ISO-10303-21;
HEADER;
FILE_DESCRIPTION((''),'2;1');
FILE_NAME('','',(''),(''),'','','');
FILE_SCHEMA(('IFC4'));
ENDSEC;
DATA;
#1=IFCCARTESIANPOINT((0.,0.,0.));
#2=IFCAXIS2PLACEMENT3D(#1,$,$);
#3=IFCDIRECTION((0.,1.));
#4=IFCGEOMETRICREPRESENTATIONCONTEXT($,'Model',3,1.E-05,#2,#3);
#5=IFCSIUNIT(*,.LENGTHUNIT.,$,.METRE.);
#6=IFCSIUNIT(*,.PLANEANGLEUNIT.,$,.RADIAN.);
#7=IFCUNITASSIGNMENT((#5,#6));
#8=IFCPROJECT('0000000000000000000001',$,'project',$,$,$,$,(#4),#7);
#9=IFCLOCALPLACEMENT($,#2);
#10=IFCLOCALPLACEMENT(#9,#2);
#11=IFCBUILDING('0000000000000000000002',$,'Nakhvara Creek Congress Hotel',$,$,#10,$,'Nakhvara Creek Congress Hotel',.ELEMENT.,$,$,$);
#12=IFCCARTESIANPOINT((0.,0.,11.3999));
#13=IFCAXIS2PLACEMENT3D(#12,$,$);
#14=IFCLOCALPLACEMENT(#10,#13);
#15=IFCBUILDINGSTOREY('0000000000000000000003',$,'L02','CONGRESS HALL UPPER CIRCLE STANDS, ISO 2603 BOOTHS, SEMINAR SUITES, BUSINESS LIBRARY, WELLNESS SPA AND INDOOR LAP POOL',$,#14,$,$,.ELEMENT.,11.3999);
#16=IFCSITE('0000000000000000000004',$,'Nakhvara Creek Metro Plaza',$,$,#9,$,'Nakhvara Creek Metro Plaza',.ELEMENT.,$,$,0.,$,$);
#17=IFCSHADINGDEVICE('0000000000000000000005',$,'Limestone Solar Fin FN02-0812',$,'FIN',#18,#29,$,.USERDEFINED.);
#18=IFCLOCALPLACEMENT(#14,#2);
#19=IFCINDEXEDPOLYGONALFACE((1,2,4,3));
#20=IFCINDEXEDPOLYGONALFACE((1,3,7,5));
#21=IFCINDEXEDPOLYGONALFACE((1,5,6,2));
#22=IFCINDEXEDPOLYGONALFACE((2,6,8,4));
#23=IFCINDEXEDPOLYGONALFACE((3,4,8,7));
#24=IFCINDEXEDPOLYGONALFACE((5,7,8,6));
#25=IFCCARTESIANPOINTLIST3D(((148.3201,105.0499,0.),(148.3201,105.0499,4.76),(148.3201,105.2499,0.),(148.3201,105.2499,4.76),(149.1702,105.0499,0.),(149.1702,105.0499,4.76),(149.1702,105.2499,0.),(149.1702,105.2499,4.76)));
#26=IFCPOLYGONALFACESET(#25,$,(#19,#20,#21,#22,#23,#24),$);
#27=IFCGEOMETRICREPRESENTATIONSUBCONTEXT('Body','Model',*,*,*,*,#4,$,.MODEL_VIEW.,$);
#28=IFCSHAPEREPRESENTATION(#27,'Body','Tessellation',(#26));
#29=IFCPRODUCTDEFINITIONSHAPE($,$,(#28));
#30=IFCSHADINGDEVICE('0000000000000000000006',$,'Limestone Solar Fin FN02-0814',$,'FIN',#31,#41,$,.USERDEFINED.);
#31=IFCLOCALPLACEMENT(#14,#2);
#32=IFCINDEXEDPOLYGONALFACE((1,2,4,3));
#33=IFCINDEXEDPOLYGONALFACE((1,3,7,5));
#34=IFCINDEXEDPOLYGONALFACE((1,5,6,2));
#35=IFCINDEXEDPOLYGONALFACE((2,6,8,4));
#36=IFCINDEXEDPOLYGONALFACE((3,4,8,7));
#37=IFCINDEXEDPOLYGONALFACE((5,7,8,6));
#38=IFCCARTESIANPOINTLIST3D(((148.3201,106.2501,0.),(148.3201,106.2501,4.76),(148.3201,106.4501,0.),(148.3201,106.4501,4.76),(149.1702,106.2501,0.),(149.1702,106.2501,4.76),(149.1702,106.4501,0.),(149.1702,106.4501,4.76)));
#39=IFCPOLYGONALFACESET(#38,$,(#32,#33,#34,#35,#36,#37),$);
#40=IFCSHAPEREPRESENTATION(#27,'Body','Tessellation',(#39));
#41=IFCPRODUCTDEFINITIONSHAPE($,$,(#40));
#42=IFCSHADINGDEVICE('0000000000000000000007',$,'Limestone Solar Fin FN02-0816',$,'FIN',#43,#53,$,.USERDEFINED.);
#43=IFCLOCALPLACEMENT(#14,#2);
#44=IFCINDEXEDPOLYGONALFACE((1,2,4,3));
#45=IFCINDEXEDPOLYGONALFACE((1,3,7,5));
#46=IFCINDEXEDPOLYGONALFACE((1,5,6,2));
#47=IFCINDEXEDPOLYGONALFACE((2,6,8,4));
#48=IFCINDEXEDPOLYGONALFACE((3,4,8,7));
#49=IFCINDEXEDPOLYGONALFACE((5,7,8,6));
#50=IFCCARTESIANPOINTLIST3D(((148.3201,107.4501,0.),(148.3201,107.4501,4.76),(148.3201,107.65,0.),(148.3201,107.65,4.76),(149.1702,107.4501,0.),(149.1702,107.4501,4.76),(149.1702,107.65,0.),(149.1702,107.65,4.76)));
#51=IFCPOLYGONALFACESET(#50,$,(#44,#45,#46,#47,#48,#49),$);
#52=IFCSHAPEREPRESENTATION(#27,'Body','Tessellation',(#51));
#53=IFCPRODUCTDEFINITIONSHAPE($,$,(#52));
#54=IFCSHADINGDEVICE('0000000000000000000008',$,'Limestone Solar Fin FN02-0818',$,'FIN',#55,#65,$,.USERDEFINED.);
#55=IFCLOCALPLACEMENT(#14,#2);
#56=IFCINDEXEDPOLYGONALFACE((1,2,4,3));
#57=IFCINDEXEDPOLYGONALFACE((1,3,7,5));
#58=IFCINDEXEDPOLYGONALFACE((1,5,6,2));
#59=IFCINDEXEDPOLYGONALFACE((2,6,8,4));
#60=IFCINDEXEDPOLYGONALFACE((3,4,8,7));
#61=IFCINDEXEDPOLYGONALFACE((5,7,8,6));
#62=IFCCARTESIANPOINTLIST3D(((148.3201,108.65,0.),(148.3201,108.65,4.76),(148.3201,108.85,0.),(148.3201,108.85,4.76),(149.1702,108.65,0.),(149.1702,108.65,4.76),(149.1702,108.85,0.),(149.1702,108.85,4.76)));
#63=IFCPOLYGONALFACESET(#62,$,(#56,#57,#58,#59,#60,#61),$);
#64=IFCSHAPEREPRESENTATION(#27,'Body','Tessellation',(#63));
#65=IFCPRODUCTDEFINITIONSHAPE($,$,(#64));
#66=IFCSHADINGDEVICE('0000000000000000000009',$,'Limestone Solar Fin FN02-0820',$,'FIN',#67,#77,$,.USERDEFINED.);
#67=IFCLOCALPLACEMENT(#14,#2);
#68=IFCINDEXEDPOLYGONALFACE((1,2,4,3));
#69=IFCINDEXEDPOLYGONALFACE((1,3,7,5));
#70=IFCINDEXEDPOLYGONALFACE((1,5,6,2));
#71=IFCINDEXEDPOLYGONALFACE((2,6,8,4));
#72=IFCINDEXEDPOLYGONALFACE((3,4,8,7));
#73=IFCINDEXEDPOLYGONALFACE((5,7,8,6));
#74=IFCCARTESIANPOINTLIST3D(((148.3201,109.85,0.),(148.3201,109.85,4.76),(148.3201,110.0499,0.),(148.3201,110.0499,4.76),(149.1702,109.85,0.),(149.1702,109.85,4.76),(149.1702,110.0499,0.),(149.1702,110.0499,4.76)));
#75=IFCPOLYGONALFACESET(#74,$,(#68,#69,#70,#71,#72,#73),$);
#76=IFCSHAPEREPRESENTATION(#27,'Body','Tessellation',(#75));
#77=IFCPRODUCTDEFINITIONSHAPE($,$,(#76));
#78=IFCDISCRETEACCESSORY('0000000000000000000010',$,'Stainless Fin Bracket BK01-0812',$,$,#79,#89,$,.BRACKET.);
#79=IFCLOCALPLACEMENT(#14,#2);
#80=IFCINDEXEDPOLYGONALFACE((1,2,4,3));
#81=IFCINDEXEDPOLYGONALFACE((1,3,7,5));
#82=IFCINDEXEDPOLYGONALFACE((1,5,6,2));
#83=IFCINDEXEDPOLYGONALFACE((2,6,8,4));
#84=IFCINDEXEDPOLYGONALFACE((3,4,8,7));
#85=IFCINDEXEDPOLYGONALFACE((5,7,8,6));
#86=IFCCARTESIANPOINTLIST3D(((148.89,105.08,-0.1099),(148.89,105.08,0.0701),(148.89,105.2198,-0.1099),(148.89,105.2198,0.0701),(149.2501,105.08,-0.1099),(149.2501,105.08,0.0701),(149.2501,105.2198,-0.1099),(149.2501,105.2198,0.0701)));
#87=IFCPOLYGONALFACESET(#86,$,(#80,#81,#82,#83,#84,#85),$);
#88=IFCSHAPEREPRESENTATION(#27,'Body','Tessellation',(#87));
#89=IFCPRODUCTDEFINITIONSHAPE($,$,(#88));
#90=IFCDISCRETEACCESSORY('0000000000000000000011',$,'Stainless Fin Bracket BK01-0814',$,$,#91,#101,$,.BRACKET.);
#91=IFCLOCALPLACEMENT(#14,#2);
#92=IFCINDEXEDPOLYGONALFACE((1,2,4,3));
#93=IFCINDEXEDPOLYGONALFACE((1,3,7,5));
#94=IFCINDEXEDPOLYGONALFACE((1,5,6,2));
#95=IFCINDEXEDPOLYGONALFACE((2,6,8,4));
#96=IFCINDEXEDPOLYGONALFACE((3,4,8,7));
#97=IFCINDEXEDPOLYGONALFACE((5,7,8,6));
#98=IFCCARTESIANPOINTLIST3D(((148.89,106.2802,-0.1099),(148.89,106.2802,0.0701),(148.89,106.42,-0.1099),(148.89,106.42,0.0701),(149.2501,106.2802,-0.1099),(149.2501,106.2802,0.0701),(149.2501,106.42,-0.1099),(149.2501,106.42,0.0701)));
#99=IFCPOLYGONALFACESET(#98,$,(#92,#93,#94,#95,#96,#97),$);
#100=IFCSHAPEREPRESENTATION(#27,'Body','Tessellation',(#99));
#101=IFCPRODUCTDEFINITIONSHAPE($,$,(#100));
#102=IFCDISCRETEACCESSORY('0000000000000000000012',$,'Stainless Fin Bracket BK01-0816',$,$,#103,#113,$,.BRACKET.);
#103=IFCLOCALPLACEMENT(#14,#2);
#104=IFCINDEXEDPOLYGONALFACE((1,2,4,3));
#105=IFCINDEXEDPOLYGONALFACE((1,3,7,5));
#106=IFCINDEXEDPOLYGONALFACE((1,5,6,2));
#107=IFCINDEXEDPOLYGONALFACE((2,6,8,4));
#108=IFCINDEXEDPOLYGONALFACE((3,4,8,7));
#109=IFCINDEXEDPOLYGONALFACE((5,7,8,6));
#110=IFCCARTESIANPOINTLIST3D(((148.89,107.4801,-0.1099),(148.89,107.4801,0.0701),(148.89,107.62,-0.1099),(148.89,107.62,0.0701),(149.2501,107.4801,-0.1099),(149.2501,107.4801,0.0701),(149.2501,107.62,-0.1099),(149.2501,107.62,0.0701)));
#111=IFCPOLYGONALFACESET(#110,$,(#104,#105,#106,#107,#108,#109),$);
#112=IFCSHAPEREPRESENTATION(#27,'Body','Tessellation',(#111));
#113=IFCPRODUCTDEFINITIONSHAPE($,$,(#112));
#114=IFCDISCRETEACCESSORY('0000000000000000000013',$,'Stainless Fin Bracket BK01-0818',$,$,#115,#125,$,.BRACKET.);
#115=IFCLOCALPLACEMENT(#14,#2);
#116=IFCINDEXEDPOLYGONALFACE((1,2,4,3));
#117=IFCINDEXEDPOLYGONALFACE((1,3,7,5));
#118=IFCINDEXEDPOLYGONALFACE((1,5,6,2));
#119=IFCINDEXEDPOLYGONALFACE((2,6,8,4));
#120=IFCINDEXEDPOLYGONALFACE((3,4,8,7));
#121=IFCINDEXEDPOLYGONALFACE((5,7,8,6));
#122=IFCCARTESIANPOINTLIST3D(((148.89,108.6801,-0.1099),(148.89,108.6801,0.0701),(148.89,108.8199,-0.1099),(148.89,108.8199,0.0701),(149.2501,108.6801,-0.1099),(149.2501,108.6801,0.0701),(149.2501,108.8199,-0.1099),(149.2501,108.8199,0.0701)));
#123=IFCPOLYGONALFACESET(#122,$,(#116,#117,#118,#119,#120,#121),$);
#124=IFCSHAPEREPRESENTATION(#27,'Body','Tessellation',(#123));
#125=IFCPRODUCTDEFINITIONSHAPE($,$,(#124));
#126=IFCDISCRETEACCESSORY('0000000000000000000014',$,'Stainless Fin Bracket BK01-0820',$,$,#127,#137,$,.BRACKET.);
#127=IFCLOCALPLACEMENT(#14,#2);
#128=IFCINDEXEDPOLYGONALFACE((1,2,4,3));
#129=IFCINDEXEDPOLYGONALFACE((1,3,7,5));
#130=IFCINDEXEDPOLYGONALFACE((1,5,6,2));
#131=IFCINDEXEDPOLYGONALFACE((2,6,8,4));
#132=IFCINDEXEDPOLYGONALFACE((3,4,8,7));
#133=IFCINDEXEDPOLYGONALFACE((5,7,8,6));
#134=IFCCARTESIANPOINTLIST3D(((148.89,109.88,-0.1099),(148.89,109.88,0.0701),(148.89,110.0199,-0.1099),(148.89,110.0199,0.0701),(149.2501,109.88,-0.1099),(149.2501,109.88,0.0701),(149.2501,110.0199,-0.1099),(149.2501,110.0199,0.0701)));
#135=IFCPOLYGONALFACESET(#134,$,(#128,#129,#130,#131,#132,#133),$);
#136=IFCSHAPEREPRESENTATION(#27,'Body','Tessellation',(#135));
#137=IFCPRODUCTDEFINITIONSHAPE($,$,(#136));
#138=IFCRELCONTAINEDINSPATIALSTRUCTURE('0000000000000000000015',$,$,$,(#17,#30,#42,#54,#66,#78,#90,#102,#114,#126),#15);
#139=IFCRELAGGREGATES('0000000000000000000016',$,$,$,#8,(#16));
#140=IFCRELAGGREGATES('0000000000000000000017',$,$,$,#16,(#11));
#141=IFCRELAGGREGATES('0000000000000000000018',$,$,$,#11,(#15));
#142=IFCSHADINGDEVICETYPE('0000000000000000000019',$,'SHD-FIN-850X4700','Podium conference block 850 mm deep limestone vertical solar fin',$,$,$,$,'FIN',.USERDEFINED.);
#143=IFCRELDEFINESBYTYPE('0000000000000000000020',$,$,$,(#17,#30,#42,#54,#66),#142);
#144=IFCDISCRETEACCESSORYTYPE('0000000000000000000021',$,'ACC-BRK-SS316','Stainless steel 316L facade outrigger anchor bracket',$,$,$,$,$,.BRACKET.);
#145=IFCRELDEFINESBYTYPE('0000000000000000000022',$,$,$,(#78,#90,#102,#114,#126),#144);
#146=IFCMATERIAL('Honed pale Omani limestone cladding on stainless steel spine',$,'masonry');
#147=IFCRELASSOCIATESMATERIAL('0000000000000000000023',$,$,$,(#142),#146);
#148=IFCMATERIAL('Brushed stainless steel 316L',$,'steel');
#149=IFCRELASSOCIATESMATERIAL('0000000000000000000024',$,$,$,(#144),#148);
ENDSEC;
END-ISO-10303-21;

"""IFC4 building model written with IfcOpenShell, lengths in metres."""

from ifc_helpers import new_model, si_unit, direction, frame, origin, origin_2d, place, context, subcontext, project, spatial, rectangle, extrude, material, type_object, element, save


model = new_model("IFC4")

# Units and contexts
model_context = context("Model", 3, precision=1e-05, world=origin(), true_north=direction((0.0, 1.0)))
body_context = subcontext(model_context, "Body", "Model", "MODEL_VIEW")
ifc_project = project(units=[si_unit("LENGTHUNIT", "METRE"), si_unit("PLANEANGLEUNIT", "RADIAN")], contexts=[model_context])

# Site, building, storey
site_placement = place(None, origin())
site = spatial("IfcSite", under=ifc_project, at=site_placement, Name="Nakhvara Creek Metro Plaza", LongName="Nakhvara Creek Metro Plaza", CompositionType="ELEMENT", RefElevation=0.0)
building_placement = place(site_placement, origin())
building = spatial("IfcBuilding", under=site, at=building_placement, Name="Nakhvara Creek Congress Hotel", LongName="Nakhvara Creek Congress Hotel", CompositionType="ELEMENT")
storey_placement = place(building_placement, frame((0.0, 0.0, 11.3999)))
storey = spatial("IfcBuildingStorey", under=building, at=storey_placement, Name="L02", Description="CONGRESS HALL UPPER CIRCLE STANDS, ISO 2603 BOOTHS, SEMINAR SUITES, BUSINESS LIBRARY, WELLNESS SPA AND INDOOR LAP POOL", CompositionType="ELEMENT", Elevation=11.3999)

# Shading devices
ifc_material_1 = material(Name="Honed pale Omani limestone cladding on stainless steel spine", Category="masonry")
shading_device_type = type_object("IfcShadingDeviceType", Name="SHD-FIN-850X4700", Description="Podium conference block 850 mm deep limestone vertical solar fin", ElementType="FIN", PredefinedType="USERDEFINED", material=ifc_material_1)
for number, where, z_axis, x_axis, name in (
    (1, (148.7451, 105.1499, 0.0), (0.0, 0.0, 1.0), (0.0, 1.0, 0.0), "Limestone Solar Fin FN02-0812"),
    (2, (148.7451, 106.3501, 0.0), (0.0, 0.0, 1.0), (0.0, 1.0, 0.0), "Limestone Solar Fin FN02-0814"),
    (3, (148.7451, 107.55, 0.0), (0.0, 0.0, 1.0), (0.0, 1.0, 0.0), "Limestone Solar Fin FN02-0816"),
    (4, (148.7451, 108.75, 0.0), (0.0, 0.0, 1.0), (0.0, 1.0, 0.0), "Limestone Solar Fin FN02-0818"),
    (5, (148.7451, 109.95, 0.0), (0.0, 0.0, 1.0), (0.0, 1.0, 0.0), "Limestone Solar Fin FN02-0820"),
):
    element("IfcShadingDevice", number, at=place(storey_placement, frame(where, z_axis=z_axis, x_axis=x_axis)), inside=storey, type_object=shading_device_type, Name=name, ObjectType="FIN", PredefinedType="USERDEFINED", context=body_context, shape_type="SweptSolid", body=[
        extrude(rectangle(XDim=0.2, YDim=0.8501, at=origin_2d()), origin(), (0.0, 0.0, 1.0), 4.76),
    ])

# Discrete accessories
ifc_material_2 = material(Name="Brushed stainless steel 316L", Category="steel")
discrete_accessory_type = type_object("IfcDiscreteAccessoryType", Name="ACC-BRK-SS316", Description="Stainless steel 316L facade outrigger anchor bracket", PredefinedType="BRACKET", material=ifc_material_2)
for number, where, z_axis, x_axis, name in (
    (6, (149.0701, 105.1499, -0.1099), (0.0, 0.0, 1.0), (0.0, 1.0, 0.0), "Stainless Fin Bracket BK01-0812"),
    (7, (149.0701, 106.3501, -0.1099), (0.0, 0.0, 1.0), (0.0, 1.0, 0.0), "Stainless Fin Bracket BK01-0814"),
    (8, (149.0701, 107.55, -0.1099), (0.0, 0.0, 1.0), (0.0, 1.0, 0.0), "Stainless Fin Bracket BK01-0816"),
    (9, (149.0701, 108.75, -0.1099), (0.0, 0.0, 1.0), (0.0, 1.0, 0.0), "Stainless Fin Bracket BK01-0818"),
    (10, (149.0701, 109.95, -0.1099), (0.0, 0.0, 1.0), (0.0, 1.0, 0.0), "Stainless Fin Bracket BK01-0820"),
):
    element("IfcDiscreteAccessory", number, at=place(storey_placement, frame(where, z_axis=z_axis, x_axis=x_axis)), inside=storey, type_object=discrete_accessory_type, Name=name, PredefinedType="BRACKET", context=body_context, shape_type="SweptSolid", body=[
        extrude(rectangle(XDim=0.1399, YDim=0.3601, at=origin_2d()), origin(), (0.0, 0.0, 1.0), 0.1799),
    ])

save(model, "model.ifc")
